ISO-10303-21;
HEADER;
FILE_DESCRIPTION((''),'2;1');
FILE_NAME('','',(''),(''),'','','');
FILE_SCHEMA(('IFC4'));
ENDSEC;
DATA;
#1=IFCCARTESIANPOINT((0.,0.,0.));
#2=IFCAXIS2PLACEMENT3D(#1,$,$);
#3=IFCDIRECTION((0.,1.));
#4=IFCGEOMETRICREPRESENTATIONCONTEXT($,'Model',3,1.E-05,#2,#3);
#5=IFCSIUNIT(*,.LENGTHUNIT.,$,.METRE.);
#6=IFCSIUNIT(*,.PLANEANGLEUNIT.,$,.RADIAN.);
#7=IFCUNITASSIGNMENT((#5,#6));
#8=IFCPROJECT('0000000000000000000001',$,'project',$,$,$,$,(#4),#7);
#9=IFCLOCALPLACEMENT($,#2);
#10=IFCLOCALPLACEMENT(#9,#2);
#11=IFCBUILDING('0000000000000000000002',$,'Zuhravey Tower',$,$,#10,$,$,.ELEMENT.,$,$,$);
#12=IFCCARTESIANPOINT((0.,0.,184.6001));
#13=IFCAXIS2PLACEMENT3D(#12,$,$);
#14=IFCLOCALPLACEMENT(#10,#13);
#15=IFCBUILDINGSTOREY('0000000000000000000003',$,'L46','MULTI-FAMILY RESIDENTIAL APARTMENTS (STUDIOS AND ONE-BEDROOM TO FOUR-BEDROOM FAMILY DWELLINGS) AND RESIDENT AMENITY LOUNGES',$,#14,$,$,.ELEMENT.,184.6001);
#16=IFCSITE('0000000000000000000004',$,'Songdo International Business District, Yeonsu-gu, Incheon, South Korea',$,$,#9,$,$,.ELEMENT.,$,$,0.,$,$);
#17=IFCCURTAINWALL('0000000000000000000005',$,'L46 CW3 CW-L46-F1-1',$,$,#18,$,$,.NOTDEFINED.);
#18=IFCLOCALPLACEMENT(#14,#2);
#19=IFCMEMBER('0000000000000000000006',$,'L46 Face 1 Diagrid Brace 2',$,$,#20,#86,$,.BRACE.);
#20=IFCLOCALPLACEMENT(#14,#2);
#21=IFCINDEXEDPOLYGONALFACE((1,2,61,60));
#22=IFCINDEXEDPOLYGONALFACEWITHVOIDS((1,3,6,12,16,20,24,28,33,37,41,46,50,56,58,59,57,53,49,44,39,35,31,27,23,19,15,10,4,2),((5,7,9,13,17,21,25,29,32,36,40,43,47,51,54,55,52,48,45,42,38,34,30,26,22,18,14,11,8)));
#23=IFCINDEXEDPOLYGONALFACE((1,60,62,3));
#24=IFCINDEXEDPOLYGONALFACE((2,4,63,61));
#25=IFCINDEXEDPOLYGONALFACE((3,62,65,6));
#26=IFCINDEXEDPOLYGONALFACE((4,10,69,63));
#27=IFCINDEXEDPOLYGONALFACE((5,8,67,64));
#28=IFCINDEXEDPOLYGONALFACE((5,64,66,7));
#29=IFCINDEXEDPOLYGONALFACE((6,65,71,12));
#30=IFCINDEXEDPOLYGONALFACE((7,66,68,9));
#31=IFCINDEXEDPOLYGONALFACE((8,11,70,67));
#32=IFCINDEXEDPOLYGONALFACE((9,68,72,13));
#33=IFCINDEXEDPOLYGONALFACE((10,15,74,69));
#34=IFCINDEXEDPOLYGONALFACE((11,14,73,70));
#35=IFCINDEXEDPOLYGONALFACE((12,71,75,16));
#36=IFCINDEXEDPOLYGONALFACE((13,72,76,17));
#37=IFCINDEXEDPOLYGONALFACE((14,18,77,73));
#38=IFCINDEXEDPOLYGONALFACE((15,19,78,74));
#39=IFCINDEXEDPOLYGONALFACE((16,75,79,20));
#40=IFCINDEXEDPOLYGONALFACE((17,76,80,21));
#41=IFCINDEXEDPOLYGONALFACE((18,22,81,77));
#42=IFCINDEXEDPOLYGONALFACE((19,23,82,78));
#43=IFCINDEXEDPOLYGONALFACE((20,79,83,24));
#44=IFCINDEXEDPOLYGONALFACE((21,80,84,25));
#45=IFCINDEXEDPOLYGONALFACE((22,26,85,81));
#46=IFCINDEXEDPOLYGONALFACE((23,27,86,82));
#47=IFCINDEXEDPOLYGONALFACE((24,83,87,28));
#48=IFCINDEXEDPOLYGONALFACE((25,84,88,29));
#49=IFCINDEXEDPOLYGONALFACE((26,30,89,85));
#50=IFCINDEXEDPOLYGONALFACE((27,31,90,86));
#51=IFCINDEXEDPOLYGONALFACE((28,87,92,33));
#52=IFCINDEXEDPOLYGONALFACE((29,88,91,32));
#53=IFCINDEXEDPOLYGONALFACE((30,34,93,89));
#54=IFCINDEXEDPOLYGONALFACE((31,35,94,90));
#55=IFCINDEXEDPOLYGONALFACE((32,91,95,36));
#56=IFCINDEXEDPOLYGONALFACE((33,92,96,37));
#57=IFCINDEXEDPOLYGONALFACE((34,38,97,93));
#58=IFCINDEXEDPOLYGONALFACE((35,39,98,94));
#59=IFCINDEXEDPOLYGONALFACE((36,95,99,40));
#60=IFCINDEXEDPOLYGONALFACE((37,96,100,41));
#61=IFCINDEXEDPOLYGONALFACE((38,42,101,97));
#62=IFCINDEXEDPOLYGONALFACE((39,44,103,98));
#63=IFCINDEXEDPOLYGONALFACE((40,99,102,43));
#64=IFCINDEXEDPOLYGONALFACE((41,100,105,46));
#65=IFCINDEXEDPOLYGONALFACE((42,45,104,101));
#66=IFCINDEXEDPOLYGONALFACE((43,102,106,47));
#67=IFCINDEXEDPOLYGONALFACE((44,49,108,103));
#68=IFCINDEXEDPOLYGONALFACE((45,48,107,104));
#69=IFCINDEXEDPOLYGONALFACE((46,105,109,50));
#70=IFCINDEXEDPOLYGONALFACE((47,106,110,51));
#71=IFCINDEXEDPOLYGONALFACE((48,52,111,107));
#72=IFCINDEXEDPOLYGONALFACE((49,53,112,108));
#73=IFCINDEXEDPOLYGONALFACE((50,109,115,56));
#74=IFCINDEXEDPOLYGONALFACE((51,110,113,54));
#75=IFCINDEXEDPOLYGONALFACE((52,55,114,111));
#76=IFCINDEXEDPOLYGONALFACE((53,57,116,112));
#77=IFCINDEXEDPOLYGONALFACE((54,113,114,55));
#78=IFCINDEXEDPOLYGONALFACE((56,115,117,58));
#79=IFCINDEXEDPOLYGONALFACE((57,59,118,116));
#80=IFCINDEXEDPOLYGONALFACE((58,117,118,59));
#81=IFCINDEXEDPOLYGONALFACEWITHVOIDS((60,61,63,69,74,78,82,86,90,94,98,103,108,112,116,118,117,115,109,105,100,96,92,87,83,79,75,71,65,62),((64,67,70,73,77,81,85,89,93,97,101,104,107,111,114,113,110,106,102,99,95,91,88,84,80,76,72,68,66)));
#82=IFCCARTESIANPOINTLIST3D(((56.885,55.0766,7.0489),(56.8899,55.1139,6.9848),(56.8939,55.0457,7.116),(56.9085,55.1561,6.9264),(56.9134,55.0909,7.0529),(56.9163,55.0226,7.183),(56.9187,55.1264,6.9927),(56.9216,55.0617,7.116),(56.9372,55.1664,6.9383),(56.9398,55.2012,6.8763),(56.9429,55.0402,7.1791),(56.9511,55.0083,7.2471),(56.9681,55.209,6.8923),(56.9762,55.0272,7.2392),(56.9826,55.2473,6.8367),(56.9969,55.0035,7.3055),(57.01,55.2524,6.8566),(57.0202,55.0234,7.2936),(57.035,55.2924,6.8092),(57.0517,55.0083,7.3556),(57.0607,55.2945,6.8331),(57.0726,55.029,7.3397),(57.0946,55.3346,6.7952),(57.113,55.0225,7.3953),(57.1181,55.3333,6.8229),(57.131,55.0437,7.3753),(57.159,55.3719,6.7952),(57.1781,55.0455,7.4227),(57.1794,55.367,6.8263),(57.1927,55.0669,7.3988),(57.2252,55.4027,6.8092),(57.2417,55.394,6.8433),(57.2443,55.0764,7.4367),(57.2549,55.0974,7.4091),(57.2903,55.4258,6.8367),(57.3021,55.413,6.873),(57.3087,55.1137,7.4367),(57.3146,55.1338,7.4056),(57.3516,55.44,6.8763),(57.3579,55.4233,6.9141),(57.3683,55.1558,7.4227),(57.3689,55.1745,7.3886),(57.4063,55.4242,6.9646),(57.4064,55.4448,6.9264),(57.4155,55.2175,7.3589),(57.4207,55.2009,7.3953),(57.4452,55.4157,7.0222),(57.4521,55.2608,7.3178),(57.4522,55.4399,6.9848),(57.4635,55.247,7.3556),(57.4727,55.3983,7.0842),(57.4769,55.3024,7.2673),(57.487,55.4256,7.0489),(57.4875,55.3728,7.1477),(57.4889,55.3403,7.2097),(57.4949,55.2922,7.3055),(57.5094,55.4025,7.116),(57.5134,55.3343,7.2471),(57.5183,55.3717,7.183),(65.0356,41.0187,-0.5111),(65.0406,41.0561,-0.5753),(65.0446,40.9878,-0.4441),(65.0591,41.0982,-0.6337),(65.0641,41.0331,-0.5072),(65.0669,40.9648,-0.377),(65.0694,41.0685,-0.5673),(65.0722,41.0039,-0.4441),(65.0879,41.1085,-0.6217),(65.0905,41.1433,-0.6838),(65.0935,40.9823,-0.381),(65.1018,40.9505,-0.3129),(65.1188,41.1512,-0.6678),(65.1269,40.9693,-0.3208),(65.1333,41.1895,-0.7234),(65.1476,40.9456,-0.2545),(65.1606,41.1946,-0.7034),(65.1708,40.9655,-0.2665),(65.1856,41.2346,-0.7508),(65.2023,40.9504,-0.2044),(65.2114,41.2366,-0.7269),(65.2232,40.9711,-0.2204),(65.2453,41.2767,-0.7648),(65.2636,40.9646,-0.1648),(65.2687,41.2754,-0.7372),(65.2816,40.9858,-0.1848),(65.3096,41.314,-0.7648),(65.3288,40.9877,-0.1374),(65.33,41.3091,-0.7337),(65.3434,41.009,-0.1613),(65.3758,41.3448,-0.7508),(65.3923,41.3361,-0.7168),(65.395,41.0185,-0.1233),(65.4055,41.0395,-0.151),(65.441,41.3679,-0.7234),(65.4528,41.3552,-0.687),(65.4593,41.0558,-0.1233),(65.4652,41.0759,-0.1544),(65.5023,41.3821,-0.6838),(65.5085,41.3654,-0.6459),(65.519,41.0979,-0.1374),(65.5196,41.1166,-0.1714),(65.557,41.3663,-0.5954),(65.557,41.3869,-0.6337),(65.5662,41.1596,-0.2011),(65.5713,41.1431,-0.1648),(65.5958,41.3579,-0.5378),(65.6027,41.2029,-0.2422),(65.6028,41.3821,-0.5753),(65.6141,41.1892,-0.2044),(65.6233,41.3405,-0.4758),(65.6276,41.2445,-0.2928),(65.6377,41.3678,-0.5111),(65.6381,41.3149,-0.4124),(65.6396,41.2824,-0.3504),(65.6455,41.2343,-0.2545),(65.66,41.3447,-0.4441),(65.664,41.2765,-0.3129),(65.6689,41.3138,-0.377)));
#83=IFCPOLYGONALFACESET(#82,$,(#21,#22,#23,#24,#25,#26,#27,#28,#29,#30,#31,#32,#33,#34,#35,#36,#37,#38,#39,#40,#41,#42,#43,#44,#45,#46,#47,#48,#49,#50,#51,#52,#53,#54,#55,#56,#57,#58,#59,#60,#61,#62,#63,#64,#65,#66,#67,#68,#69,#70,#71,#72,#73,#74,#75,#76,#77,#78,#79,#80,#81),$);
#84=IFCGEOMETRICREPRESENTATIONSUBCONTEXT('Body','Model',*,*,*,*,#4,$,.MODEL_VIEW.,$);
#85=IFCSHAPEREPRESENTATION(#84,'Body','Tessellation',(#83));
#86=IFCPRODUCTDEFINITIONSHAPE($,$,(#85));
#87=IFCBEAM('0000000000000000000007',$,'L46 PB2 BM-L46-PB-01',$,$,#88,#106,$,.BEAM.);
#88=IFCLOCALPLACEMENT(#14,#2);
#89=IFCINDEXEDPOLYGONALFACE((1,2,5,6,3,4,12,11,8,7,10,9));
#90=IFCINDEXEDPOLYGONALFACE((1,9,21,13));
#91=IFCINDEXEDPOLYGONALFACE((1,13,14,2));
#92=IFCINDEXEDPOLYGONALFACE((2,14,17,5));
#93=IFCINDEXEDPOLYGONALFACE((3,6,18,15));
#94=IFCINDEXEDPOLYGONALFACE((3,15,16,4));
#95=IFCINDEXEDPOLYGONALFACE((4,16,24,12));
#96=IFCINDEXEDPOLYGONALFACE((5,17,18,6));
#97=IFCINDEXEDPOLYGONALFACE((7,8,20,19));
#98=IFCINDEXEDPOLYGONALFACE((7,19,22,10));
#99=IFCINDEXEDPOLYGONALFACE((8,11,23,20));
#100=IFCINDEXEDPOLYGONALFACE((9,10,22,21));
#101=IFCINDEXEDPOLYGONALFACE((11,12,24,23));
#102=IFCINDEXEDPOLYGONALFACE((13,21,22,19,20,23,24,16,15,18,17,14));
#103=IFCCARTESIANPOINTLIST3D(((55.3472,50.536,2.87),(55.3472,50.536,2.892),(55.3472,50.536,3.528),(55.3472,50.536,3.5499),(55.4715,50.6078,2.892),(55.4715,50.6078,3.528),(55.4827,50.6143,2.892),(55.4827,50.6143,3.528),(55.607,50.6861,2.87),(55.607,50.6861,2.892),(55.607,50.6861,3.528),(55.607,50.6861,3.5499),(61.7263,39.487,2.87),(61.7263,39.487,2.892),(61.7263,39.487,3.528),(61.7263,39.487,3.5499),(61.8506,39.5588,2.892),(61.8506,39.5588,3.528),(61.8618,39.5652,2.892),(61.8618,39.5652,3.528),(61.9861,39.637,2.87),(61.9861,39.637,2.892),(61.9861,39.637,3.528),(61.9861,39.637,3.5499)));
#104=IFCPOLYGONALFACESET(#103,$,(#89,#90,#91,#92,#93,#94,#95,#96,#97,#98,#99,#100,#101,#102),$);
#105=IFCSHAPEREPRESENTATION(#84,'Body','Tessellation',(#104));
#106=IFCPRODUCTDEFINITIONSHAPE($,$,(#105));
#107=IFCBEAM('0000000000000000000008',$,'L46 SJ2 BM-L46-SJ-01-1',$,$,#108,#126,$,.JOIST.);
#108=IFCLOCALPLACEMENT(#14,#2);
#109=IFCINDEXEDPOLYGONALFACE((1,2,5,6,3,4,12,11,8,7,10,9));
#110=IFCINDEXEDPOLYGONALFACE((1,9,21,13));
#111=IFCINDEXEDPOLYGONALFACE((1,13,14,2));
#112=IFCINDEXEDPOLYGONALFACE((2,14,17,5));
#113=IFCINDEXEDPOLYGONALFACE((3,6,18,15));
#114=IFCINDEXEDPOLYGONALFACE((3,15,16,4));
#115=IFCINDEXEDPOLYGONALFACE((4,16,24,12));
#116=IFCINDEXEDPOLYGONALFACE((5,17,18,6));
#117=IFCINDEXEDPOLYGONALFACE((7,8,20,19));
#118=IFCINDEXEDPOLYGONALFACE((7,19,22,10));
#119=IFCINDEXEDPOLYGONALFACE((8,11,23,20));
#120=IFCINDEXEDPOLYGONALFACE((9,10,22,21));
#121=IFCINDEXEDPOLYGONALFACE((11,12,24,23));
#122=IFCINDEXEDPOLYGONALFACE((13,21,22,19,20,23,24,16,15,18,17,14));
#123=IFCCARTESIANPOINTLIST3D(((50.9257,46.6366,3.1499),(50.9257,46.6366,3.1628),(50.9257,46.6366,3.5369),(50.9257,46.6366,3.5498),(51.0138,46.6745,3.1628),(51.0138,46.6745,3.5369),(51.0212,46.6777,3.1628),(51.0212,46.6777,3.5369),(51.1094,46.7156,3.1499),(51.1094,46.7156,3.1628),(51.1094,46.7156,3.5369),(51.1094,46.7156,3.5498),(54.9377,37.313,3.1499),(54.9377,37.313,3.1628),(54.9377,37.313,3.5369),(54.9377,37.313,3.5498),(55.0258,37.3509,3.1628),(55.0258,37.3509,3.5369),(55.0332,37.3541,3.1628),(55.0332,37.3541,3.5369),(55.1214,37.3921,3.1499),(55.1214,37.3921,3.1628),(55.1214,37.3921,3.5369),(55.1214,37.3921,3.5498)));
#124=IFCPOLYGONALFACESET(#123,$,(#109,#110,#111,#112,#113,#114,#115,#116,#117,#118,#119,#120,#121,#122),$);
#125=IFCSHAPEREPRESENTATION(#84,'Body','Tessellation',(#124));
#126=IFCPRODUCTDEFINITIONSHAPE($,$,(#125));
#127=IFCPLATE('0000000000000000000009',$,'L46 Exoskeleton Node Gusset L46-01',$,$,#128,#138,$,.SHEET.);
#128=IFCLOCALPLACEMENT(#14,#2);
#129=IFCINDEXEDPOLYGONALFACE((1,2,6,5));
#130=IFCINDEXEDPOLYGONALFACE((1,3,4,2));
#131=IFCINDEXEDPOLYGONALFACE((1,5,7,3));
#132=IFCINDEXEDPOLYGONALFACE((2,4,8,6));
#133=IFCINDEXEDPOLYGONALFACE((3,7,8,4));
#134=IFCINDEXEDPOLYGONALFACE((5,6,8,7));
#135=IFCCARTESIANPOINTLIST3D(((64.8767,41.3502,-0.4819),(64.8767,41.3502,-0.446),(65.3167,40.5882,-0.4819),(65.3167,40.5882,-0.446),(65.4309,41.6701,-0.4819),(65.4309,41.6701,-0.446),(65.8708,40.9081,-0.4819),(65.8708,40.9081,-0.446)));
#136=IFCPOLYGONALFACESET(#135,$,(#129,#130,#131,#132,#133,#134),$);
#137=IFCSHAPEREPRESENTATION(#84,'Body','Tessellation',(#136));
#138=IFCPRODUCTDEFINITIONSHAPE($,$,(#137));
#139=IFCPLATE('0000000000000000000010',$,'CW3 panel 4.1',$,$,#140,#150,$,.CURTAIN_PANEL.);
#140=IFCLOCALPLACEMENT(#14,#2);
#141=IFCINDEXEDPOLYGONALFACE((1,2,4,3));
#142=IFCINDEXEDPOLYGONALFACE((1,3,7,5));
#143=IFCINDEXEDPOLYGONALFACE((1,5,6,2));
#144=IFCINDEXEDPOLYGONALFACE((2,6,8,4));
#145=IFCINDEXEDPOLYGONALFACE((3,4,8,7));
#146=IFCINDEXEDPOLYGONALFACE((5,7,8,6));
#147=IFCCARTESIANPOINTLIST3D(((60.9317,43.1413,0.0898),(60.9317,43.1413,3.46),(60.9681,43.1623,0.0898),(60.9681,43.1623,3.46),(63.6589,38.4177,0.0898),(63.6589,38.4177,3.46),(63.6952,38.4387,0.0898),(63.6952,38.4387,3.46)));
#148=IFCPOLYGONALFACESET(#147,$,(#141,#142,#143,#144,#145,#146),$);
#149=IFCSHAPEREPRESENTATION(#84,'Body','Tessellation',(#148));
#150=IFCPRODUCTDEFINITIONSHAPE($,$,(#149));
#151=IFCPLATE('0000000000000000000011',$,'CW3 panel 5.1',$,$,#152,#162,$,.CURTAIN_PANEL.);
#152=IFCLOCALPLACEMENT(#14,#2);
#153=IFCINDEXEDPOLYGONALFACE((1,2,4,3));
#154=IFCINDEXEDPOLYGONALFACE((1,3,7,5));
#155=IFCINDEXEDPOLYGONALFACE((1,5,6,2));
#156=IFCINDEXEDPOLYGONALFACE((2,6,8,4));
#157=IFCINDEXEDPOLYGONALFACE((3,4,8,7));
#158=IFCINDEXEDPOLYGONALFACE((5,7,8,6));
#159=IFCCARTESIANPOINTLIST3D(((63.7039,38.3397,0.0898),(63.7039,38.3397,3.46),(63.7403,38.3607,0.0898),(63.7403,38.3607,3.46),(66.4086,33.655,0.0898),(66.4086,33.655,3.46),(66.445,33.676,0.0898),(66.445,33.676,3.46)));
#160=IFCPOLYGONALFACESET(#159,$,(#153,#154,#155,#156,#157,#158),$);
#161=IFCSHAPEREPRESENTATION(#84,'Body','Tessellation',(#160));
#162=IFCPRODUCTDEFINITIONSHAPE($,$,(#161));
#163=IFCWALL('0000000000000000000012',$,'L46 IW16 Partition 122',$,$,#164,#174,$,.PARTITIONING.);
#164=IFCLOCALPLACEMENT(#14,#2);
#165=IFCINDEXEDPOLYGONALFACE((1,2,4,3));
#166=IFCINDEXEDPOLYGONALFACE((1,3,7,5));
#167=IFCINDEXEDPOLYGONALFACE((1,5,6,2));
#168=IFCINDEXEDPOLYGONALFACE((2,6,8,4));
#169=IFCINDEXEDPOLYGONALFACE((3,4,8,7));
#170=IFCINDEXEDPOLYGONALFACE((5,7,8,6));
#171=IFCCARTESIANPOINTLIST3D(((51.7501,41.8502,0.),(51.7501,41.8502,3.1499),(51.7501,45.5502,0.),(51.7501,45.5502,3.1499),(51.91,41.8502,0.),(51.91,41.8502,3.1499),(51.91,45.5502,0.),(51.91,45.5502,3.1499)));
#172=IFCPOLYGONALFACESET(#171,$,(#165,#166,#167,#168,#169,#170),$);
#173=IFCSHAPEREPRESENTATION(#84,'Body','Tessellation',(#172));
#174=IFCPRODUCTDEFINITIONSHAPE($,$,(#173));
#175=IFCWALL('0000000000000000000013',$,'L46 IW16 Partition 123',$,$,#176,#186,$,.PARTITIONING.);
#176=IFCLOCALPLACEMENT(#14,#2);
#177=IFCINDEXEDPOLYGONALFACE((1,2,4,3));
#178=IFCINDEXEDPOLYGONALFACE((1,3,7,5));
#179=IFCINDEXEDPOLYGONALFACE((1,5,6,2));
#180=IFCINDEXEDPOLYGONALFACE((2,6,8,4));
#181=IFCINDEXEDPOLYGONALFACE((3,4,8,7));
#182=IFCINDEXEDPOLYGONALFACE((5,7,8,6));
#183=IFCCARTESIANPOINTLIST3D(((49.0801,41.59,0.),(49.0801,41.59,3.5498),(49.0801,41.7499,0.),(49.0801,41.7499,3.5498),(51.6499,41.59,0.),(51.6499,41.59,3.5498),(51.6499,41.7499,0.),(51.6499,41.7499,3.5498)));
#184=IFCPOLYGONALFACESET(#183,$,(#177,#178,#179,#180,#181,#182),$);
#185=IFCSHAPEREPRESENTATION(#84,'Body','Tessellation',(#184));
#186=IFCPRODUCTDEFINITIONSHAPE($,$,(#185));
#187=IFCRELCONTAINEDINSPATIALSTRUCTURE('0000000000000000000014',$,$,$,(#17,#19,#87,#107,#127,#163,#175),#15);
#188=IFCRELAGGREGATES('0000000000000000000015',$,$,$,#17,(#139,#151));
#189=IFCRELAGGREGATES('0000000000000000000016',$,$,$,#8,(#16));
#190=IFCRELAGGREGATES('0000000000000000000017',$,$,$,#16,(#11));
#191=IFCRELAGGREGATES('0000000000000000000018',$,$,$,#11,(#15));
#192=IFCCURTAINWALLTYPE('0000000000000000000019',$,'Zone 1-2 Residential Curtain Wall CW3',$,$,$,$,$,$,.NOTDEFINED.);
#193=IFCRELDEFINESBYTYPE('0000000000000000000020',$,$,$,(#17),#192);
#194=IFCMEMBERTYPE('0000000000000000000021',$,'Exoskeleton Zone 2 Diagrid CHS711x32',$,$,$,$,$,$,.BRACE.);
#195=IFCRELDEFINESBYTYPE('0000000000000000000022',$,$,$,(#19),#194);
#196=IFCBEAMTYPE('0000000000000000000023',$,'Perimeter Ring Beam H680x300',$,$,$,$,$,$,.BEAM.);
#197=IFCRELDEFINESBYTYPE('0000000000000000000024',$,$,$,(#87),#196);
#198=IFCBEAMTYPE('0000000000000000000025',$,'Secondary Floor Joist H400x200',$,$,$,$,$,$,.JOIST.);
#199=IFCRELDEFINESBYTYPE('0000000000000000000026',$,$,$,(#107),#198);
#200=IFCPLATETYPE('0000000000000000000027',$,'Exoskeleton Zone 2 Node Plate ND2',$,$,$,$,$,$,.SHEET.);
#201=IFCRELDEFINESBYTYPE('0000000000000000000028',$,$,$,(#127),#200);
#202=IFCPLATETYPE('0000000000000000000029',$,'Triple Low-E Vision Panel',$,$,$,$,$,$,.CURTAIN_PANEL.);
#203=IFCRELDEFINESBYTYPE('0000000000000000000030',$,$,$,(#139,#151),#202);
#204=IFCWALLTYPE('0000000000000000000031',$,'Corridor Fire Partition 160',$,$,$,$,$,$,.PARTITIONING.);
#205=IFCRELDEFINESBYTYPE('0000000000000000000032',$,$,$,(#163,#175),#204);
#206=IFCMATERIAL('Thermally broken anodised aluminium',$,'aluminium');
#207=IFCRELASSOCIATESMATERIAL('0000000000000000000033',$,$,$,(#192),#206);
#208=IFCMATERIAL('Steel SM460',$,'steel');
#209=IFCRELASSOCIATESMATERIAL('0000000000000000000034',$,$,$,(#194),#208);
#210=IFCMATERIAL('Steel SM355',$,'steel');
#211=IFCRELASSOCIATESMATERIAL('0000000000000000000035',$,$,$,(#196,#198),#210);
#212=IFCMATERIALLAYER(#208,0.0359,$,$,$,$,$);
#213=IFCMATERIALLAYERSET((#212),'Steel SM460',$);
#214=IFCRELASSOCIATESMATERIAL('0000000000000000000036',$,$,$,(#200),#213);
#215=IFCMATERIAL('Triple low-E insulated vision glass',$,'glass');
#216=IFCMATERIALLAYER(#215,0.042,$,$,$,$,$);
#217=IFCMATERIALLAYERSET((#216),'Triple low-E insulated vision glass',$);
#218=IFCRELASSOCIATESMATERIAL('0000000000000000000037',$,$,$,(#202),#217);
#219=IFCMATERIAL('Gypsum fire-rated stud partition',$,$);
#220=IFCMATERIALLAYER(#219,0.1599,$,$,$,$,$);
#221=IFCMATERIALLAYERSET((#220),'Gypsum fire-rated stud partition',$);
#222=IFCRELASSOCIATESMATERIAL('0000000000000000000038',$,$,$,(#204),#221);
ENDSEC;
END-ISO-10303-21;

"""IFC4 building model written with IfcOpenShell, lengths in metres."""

from ifc_helpers import new_model, si_unit, direction, frame, frame_2d, origin, origin_2d, place, context, subcontext, project, spatial, rectangle, hollow_circle, i_section, extrude, material, layer, layer_set, material_profile, profile_set, type_object, element, aggregate, save


model = new_model("IFC4")

# Units and contexts
model_context = context("Model", 3, precision=1e-05, world=origin(), true_north=direction((0.0, 1.0)))
body_context = subcontext(model_context, "Body", "Model", "MODEL_VIEW")
ifc_project = project(units=[si_unit("LENGTHUNIT", "METRE"), si_unit("PLANEANGLEUNIT", "RADIAN")], contexts=[model_context])

# Site, building, storey
site_placement = place(None, origin())
site = spatial("IfcSite", under=ifc_project, at=site_placement, Name="Songdo International Business District, Yeonsu-gu, Incheon, South Korea", CompositionType="ELEMENT", RefElevation=0.0)
building_placement = place(site_placement, origin())
building = spatial("IfcBuilding", under=site, at=building_placement, Name="Zuhravey Tower", CompositionType="ELEMENT")
storey_placement = place(building_placement, frame((0.0, 0.0, 184.6001)))
storey = spatial("IfcBuildingStorey", under=building, at=storey_placement, Name="L46", Description="MULTI-FAMILY RESIDENTIAL APARTMENTS (STUDIOS AND ONE-BEDROOM TO FOUR-BEDROOM FAMILY DWELLINGS) AND RESIDENT AMENITY LOUNGES", CompositionType="ELEMENT", Elevation=184.6001)

# Curtain wall
ifc_material_1 = material(Name="Thermally broken anodised aluminium", Category="aluminium")
curtain_wall_type = type_object("IfcCurtainWallType", Name="Zone 1-2 Residential Curtain Wall CW3", PredefinedType="NOTDEFINED", material=ifc_material_1)
curtain_wall_placement = place(storey_placement, origin())
curtain_wall = element("IfcCurtainWall", 1, at=curtain_wall_placement, inside=storey, type_object=curtain_wall_type, Name="L46 CW3 CW-L46-F1-1", PredefinedType="NOTDEFINED")

# Member
ifc_material_2 = material(Name="Steel SM355", Category="steel")
ifc_material_3 = material(Name="Steel SM460", Category="steel")
ifc_material_profile_1 = material_profile(ifc_material_3, hollow_circle(Radius=0.3557, WallThickness=0.032, at=origin_2d()), Name="CHS-711.2x32")
ifc_profile_set_1 = profile_set([ifc_material_profile_1], Name="Steel SM460")
member_type_1 = type_object("IfcMemberType", Name="Exoskeleton Zone 2 Diagrid CHS711x32", PredefinedType="BRACE", material=ifc_profile_set_1)
member_1_placement = place(storey_placement, frame((65.3523, 41.1663, -0.4441), z_axis=(-0.454775, 0.784376, 0.421823), x_axis=(-0.865109, -0.501583, 0.0)))
element("IfcMember", 2, at=member_1_placement, inside=storey, type_object=member_type_1, Name="L46 Face 1 Diagrid Brace 2", PredefinedType="BRACE", context=body_context, shape_type="SweptSolid", body=[
    extrude(hollow_circle(Radius=0.3557, WallThickness=0.032, at=origin_2d()), origin(), (0.0, 0.0, 1.0), 17.9224),
])

# Beams
ifc_material_profile_2 = material_profile(ifc_material_2, i_section(OverallWidth=0.3, OverallDepth=0.6799, WebThickness=0.0129, FlangeThickness=0.022, at=origin_2d()), Name="H-680x300x13x22")
ifc_profile_set_2 = profile_set([ifc_material_profile_2], Name="Steel SM355")
beam_type_1 = type_object("IfcBeamType", Name="Perimeter Ring Beam H680x300", PredefinedType="BEAM", material=ifc_profile_set_2)
beam_1_placement = place(storey_placement, frame((61.8562, 39.562, 3.21), z_axis=(-0.499998, 0.866027, 0.0), x_axis=(-0.866027, -0.499998, 0.0)))
element("IfcBeam", 3, at=beam_1_placement, inside=storey, type_object=beam_type_1, Name="L46 PB2 BM-L46-PB-01", PredefinedType="BEAM", context=body_context, shape_type="SweptSolid", body=[
    extrude(i_section(OverallWidth=0.3, OverallDepth=0.6799, WebThickness=0.0129, FlangeThickness=0.022, at=origin_2d()), origin(), (0.0, 0.0, 1.0), 12.7583),
])
ifc_material_profile_3 = material_profile(ifc_material_2, i_section(OverallWidth=0.2, OverallDepth=0.3999, WebThickness=0.0081, FlangeThickness=0.0129, at=origin_2d()), Name="H-400x200x8x13")
ifc_profile_set_3 = profile_set([ifc_material_profile_3], Name="Steel SM355")
beam_type_2 = type_object("IfcBeamType", Name="Secondary Floor Joist H400x200", PredefinedType="JOIST", material=ifc_profile_set_3)
beam_2_placement = place(storey_placement, frame((55.0295, 37.3525, 3.3499), z_axis=(-0.395266, 0.918567, 0.0), x_axis=(-0.918567, -0.395266, 0.0)))
element("IfcBeam", 4, at=beam_2_placement, inside=storey, type_object=beam_type_2, Name="L46 SJ2 BM-L46-SJ-01-1", PredefinedType="JOIST", context=body_context, shape_type="SweptSolid", body=[
    extrude(i_section(OverallWidth=0.2, OverallDepth=0.3999, WebThickness=0.0081, FlangeThickness=0.0129, at=origin_2d()), origin(), (0.0, 0.0, 1.0), 10.1501),
])

# Plates
ifc_layer_1 = layer(ifc_material_3, 0.0359)
ifc_layer_set_1 = layer_set([ifc_layer_1], Name="Steel SM460")
plate_type_1 = type_object("IfcPlateType", Name="Exoskeleton Zone 2 Node Plate ND2", PredefinedType="SHEET", material=ifc_layer_set_1)
plate_1_placement = place(storey_placement, frame((65.3738, 41.1292, -0.4819), z_axis=(0.0, 0.0, 1.0), x_axis=(-0.5, 0.866025, 0.0)))
element("IfcPlate", 5, at=plate_1_placement, inside=storey, type_object=plate_type_1, Name="L46 Exoskeleton Node Gusset L46-01", PredefinedType="SHEET", context=body_context, shape_type="SweptSolid", body=[
    extrude(rectangle(XDim=0.8799, YDim=0.6399, at=origin_2d()), origin(), (0.0, 0.0, 1.0), 0.0359),
])
ifc_material_4 = material(Name="Triple low-E insulated vision glass", Category="glass")
ifc_layer_2 = layer(ifc_material_4, 0.042)
ifc_layer_set_2 = layer_set([ifc_layer_2], Name="Triple low-E insulated vision glass")
plate_type_2 = type_object("IfcPlateType", Name="Triple Low-E Vision Panel", PredefinedType="CURTAIN_PANEL", material=ifc_layer_set_2)
plate_2_placement = place(storey_placement, frame((62.3135, 40.79, 0.0898), z_axis=(0.0, 0.0, 1.0), x_axis=(0.5, -0.866025, 0.0)))
plate_2 = element("IfcPlate", 6, at=plate_2_placement, type_object=plate_type_2, Name="CW3 panel 4.1", PredefinedType="CURTAIN_PANEL", context=body_context, shape_type="SweptSolid", body=[
    extrude(rectangle(XDim=5.4543, YDim=0.042, at=origin_2d()), origin(), (0.0, 0.0, 1.0), 3.3701),
])
plate_3_placement = place(storey_placement, frame((65.0745, 36.0078, 0.0898), z_axis=(0.0, 0.0, 1.0), x_axis=(0.5, -0.866025, 0.0)))
plate_3 = element("IfcPlate", 7, at=plate_3_placement, type_object=plate_type_2, Name="CW3 panel 5.1", PredefinedType="CURTAIN_PANEL", context=body_context, shape_type="SweptSolid", body=[
    extrude(rectangle(XDim=5.4094, YDim=0.042, at=origin_2d()), origin(), (0.0, 0.0, 1.0), 3.3701),
])
aggregate(curtain_wall, [plate_2, plate_3])

# Shared definitions
ifc_material_5 = material(Name="Gypsum fire-rated stud partition")
ifc_layer_3 = layer(ifc_material_5, 0.1599)
ifc_layer_set_3 = layer_set([ifc_layer_3], Name="Gypsum fire-rated stud partition")
wall_type_1 = type_object("IfcWallType", Name="Corridor Fire Partition 160", PredefinedType="PARTITIONING", material=ifc_layer_set_3)

# Walls
wall_1_placement = place(storey_placement, frame((51.8301, 41.8501, 0.0), z_axis=(0.0, 0.0, 1.0), x_axis=(0.0, 1.0, 0.0)))
element("IfcWall", 8, at=wall_1_placement, inside=storey, type_object=wall_type_1, Name="L46 IW16 Partition 122", PredefinedType="PARTITIONING", context=body_context, shape_type="SweptSolid", body=[
    extrude(rectangle(XDim=3.7, YDim=0.1599, at=frame_2d((1.8501, 0.0))), origin(), (0.0, 0.0, 1.0), 3.1499),
])
wall_2_placement = place(storey_placement, frame((49.0801, 41.6699, 0.0), z_axis=(0.0, 0.0, 1.0), x_axis=(1.0, 0.0, 0.0)))
element("IfcWall", 9, at=wall_2_placement, inside=storey, type_object=wall_type_1, Name="L46 IW16 Partition 123", PredefinedType="PARTITIONING", context=body_context, shape_type="SweptSolid", body=[
    extrude(rectangle(XDim=2.5698, YDim=0.1599, at=frame_2d((1.2849, 0.0))), origin(), (0.0, 0.0, 1.0), 3.5498),
])

save(model, "model.ifc")
